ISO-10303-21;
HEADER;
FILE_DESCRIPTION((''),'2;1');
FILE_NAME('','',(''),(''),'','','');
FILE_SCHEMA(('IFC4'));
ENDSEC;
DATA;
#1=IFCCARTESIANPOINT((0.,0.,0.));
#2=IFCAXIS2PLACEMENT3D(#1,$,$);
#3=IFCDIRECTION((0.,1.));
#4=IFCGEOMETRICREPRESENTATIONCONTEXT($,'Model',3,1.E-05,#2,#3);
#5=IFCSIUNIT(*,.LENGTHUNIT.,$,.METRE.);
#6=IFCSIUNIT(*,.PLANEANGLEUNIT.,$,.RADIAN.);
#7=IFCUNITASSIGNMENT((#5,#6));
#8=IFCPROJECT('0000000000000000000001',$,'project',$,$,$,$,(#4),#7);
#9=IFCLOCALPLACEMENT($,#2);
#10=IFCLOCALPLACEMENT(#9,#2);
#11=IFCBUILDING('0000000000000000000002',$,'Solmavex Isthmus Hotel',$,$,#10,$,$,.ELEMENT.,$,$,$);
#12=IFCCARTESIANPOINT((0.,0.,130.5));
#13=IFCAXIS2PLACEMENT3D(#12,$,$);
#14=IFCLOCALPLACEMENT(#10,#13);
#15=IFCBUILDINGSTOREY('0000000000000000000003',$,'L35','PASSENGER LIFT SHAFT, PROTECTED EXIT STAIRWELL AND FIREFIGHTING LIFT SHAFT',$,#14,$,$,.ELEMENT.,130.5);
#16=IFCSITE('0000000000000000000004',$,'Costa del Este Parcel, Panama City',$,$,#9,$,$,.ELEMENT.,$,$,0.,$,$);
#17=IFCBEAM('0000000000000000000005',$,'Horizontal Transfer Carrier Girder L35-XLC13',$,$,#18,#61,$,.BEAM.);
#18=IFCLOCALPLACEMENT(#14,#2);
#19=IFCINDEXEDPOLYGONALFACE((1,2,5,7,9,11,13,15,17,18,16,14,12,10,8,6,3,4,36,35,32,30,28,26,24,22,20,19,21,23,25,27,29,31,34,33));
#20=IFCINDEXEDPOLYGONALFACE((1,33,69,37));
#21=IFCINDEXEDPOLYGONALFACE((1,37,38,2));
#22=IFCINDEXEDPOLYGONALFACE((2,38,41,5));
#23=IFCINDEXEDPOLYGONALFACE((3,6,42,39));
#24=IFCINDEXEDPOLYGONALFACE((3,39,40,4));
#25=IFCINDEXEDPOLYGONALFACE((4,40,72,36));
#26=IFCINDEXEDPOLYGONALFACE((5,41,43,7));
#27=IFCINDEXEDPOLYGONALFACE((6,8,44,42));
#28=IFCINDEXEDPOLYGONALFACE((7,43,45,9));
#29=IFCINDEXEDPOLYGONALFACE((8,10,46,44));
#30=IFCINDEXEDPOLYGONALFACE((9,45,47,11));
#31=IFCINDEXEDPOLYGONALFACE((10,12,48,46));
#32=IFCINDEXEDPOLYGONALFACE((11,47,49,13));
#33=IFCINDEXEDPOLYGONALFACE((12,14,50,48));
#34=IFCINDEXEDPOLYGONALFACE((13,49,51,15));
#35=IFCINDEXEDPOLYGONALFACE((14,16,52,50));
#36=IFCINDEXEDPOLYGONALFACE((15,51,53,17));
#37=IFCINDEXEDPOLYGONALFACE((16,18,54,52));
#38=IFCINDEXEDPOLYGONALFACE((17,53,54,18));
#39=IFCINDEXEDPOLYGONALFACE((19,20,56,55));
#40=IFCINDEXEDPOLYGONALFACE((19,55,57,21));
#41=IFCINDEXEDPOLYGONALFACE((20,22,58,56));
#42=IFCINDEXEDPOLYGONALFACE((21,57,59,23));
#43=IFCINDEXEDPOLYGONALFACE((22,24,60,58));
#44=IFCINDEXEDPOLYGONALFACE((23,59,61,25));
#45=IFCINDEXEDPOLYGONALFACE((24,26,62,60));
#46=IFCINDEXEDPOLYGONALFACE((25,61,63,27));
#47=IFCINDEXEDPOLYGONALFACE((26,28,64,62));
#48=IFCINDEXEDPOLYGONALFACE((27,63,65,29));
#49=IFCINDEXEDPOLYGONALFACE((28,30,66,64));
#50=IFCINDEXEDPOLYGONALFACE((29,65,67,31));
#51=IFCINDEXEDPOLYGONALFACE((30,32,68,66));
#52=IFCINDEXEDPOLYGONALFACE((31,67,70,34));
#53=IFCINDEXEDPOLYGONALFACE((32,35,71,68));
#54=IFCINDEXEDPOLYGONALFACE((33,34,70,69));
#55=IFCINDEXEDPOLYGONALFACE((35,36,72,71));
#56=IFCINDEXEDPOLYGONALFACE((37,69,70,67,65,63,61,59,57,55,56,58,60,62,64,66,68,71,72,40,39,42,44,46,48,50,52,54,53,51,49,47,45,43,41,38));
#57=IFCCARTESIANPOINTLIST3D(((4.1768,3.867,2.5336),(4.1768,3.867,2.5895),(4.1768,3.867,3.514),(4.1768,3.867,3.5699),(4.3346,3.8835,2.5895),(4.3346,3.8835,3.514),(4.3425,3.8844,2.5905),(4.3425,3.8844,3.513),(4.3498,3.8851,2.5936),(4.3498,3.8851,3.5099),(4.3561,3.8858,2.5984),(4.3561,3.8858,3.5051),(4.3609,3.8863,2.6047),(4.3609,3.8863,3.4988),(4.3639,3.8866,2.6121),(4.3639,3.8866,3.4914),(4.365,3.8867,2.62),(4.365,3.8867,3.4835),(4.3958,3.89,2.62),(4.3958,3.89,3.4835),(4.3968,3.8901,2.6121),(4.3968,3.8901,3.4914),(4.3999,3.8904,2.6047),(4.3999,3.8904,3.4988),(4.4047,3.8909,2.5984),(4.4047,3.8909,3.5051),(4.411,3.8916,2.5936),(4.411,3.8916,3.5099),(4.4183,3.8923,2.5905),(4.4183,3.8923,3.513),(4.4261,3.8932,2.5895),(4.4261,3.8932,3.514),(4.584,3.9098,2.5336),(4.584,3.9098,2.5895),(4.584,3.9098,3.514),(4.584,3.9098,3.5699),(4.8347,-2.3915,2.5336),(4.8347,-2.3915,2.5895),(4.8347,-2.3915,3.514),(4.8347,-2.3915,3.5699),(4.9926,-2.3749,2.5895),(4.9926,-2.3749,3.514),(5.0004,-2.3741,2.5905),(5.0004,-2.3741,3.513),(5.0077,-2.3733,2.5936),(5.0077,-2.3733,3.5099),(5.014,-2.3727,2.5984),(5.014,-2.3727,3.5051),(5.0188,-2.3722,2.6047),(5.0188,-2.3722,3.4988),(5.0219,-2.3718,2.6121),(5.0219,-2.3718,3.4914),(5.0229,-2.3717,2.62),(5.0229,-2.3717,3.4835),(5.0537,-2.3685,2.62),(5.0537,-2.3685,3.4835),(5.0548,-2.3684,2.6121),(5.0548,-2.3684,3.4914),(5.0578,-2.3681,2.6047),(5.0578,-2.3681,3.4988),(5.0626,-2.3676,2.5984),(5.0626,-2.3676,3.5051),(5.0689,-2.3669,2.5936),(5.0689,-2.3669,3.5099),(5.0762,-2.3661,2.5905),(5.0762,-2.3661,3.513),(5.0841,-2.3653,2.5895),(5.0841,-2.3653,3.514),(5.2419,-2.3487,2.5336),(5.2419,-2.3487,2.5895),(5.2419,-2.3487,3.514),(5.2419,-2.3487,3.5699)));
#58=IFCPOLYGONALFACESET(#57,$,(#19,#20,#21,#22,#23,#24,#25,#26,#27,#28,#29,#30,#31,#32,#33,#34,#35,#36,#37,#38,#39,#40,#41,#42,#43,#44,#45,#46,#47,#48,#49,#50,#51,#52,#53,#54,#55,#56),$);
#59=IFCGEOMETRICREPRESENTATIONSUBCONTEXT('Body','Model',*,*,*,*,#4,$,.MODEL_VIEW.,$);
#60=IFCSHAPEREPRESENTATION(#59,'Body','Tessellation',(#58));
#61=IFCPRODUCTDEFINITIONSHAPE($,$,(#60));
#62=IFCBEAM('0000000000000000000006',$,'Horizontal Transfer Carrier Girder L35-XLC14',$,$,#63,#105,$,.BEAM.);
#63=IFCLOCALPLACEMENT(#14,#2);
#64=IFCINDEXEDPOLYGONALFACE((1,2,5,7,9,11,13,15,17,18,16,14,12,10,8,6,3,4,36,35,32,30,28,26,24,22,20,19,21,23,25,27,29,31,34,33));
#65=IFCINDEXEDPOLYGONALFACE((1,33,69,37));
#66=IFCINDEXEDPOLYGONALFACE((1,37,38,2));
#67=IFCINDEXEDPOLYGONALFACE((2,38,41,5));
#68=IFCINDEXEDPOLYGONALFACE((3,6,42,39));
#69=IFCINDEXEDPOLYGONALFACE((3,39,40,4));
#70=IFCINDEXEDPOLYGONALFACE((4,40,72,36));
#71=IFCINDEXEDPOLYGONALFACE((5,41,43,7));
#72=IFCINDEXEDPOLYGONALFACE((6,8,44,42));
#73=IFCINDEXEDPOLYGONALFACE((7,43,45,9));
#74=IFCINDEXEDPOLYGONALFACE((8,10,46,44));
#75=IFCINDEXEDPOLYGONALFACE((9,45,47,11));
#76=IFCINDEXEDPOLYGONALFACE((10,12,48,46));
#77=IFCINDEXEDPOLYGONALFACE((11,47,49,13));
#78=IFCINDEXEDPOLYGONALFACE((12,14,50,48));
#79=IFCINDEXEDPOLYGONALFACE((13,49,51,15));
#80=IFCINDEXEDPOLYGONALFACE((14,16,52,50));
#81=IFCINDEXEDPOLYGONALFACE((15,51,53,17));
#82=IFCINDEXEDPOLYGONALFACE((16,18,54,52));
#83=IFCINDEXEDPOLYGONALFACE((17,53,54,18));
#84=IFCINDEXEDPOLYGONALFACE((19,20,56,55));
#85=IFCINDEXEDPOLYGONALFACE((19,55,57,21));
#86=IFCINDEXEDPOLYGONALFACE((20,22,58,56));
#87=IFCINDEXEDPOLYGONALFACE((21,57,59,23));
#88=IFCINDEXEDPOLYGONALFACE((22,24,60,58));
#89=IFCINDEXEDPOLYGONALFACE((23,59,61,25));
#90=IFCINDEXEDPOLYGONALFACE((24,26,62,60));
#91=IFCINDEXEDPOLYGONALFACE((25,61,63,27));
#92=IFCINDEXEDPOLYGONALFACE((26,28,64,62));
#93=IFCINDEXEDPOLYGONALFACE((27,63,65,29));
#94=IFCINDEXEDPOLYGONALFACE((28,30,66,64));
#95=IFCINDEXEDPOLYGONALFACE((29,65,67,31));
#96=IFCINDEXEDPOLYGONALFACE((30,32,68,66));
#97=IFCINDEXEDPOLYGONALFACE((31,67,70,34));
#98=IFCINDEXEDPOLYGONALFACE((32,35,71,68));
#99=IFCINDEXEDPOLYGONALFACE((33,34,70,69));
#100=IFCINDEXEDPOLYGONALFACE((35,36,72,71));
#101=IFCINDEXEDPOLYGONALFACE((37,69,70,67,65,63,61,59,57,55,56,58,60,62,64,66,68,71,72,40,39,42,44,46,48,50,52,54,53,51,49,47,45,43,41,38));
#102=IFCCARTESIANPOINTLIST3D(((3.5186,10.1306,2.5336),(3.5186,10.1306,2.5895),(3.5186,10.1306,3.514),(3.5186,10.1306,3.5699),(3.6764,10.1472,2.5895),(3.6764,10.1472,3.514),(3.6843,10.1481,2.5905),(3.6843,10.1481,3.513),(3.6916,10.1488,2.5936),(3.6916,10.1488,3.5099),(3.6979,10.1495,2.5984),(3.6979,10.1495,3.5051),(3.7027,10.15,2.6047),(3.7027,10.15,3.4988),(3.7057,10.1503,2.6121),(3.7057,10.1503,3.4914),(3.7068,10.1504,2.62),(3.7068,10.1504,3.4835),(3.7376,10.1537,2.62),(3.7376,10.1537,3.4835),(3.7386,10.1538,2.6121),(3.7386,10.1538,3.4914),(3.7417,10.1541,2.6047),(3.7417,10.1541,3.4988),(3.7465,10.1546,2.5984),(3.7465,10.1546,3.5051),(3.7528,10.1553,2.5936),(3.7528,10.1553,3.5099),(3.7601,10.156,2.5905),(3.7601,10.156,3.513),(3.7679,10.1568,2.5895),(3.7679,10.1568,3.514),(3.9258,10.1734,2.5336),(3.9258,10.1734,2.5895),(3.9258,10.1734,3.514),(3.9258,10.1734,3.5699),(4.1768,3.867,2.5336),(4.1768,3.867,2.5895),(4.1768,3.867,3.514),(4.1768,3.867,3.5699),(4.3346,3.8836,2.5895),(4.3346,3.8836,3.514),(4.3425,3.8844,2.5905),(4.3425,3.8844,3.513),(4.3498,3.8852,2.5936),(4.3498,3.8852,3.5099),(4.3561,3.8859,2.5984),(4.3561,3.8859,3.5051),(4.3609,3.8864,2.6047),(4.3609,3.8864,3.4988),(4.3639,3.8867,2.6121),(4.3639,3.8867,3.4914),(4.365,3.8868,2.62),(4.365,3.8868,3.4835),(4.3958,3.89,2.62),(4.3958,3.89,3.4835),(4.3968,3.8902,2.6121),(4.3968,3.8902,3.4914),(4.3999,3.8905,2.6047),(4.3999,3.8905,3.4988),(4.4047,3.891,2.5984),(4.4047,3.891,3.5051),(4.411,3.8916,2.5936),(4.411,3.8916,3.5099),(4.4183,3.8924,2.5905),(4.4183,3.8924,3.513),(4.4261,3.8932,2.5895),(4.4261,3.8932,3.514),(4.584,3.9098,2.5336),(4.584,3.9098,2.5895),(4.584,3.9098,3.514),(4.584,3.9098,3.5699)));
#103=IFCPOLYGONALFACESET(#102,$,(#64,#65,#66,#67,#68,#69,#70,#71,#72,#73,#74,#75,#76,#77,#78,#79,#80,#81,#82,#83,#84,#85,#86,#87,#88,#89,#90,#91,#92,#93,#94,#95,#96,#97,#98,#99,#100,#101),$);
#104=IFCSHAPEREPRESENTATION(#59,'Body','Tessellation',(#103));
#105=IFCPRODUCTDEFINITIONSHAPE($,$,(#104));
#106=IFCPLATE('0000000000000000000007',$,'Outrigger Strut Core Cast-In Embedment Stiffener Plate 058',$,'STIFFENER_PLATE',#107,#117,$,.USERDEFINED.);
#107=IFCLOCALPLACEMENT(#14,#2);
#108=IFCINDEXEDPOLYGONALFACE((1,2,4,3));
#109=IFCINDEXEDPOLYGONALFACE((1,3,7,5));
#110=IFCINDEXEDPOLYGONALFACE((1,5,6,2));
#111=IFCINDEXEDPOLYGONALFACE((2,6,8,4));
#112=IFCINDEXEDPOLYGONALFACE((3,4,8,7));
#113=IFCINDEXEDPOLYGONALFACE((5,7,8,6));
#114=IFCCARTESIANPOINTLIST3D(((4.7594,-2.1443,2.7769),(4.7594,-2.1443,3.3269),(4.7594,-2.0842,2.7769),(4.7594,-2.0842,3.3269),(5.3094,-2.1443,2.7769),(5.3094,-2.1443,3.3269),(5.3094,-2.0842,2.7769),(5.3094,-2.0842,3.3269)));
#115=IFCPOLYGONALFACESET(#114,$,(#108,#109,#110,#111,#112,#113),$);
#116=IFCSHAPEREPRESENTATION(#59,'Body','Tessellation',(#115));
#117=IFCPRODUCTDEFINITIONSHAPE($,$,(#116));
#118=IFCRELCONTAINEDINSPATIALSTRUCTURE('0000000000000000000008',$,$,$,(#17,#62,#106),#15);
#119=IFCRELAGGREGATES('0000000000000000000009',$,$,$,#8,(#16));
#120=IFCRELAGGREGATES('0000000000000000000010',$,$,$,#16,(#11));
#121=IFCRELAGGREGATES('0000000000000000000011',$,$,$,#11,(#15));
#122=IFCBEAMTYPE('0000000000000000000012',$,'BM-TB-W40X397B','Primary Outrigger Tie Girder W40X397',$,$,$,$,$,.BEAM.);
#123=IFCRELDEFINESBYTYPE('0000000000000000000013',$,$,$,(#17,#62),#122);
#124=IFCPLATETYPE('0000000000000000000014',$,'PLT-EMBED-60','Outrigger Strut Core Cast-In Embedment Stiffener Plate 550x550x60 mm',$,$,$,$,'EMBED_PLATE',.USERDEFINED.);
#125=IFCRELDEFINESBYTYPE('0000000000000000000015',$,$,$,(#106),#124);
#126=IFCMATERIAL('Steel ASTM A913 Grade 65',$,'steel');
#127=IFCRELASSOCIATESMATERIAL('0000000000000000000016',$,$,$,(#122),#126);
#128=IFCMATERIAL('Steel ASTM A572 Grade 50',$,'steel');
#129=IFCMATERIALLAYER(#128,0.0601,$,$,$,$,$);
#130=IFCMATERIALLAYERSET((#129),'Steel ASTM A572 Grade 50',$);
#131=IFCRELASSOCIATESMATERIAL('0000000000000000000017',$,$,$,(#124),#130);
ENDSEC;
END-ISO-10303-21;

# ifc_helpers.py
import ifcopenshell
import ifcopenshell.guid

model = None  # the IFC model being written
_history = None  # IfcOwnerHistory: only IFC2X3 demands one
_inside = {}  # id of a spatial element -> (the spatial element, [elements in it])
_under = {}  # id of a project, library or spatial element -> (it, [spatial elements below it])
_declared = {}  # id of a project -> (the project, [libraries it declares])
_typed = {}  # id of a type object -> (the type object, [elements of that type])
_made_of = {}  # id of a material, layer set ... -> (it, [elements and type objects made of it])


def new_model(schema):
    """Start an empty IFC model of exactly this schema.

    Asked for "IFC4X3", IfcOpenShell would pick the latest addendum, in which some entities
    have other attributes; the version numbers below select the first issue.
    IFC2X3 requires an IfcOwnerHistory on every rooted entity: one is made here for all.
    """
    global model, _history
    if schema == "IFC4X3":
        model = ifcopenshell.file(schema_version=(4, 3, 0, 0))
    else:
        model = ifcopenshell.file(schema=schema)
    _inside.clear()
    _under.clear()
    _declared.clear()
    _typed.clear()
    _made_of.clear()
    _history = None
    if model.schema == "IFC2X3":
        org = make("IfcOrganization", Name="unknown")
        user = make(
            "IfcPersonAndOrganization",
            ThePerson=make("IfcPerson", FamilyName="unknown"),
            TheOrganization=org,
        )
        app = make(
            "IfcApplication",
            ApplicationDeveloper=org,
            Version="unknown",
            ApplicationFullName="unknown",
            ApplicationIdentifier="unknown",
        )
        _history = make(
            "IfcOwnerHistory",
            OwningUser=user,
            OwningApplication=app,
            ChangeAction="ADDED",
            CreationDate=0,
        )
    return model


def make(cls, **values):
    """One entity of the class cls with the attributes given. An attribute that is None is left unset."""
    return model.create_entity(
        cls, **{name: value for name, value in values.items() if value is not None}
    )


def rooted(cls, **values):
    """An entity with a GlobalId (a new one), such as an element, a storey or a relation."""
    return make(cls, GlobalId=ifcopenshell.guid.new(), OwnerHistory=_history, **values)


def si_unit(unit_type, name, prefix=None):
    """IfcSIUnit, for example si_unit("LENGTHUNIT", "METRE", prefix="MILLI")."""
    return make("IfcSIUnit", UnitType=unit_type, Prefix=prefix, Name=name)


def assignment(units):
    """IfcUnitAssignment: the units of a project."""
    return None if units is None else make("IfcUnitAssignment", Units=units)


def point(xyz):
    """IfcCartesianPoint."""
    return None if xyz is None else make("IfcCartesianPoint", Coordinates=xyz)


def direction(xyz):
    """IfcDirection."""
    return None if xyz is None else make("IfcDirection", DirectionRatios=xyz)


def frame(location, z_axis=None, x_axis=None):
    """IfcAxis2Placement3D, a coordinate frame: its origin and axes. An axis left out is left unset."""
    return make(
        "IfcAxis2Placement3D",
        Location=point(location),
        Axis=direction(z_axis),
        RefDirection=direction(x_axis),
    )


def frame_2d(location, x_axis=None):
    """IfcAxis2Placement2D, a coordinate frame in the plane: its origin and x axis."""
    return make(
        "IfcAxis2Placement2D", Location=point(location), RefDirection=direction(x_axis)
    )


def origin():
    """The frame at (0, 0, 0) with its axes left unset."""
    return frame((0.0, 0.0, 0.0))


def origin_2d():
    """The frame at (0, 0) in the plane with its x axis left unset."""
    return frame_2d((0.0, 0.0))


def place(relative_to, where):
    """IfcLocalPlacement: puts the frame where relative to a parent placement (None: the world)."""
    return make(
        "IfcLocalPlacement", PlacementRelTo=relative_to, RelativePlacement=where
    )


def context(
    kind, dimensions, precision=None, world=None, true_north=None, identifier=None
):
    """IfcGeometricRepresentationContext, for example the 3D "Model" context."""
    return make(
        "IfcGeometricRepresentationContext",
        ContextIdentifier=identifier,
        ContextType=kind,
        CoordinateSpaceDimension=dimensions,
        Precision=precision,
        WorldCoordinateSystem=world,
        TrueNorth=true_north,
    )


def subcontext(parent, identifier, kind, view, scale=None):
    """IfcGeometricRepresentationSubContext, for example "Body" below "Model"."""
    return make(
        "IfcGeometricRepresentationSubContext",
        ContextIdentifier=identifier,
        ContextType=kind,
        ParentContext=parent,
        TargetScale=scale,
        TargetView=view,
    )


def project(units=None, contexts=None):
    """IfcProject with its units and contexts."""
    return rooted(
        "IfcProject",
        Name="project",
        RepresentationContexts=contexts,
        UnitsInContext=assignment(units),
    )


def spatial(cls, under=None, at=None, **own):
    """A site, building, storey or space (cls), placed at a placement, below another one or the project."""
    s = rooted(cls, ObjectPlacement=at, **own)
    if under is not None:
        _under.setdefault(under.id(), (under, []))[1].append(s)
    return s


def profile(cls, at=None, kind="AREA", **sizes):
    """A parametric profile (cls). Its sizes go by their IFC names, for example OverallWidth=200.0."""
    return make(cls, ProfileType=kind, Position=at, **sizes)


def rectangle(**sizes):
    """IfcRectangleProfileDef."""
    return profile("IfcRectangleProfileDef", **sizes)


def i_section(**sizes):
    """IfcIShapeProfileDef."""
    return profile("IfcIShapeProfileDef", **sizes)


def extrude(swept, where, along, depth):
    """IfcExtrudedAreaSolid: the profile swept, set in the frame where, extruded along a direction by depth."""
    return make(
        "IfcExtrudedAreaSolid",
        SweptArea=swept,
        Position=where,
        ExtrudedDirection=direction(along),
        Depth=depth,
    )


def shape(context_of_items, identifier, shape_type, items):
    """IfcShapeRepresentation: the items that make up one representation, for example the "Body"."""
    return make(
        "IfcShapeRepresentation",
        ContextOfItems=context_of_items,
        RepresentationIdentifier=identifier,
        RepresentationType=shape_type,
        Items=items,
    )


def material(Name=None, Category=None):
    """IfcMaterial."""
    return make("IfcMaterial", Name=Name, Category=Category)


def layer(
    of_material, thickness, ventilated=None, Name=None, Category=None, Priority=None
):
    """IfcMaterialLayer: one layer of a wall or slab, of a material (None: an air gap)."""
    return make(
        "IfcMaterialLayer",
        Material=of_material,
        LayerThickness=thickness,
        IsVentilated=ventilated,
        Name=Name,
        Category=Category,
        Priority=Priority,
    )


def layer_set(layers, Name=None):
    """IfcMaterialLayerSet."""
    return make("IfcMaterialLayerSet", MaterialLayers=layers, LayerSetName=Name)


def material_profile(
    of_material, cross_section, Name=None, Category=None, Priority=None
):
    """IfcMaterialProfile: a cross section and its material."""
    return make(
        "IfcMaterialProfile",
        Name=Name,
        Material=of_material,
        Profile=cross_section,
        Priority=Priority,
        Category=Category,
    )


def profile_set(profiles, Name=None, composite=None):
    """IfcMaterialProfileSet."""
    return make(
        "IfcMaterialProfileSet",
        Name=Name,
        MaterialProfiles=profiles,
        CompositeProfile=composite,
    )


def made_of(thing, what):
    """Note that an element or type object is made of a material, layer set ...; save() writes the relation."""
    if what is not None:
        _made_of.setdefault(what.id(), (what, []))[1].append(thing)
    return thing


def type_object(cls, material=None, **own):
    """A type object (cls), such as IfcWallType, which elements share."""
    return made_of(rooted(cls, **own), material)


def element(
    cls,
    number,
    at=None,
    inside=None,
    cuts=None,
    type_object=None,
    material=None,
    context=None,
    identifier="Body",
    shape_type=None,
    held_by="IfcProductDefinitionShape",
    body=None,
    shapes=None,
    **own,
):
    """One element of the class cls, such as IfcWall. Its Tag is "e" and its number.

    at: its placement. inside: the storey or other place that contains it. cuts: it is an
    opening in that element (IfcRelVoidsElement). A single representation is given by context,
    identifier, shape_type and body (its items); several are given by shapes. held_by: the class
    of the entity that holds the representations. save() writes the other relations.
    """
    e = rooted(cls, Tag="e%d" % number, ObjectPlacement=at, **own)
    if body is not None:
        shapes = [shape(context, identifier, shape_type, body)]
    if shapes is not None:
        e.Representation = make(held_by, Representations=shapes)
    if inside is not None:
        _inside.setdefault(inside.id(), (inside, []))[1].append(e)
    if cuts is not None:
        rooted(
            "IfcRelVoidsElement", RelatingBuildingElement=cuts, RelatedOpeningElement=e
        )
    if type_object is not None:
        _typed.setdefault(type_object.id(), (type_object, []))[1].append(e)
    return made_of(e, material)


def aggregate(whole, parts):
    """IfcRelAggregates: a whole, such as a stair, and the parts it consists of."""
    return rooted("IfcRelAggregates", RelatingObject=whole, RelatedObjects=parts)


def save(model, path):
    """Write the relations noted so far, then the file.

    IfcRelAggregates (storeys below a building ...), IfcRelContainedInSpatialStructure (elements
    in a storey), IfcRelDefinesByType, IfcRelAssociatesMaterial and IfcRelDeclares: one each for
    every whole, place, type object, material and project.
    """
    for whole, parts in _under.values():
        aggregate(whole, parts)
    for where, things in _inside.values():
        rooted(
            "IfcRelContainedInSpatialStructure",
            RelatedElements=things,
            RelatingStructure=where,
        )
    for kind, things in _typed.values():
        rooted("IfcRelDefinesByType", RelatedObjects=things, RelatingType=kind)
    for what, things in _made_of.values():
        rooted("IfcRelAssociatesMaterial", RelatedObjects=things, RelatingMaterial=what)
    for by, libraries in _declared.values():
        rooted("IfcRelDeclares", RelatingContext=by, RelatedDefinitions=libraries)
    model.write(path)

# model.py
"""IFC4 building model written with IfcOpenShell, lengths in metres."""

from ifc_helpers import new_model, si_unit, direction, frame, origin, origin_2d, place, context, subcontext, project, spatial, rectangle, i_section, extrude, material, layer, layer_set, material_profile, profile_set, type_object, element, save


model = new_model("IFC4")

# Units and contexts
model_context = context("Model", 3, precision=1e-05, world=origin(), true_north=direction((0.0, 1.0)))
body_context = subcontext(model_context, "Body", "Model", "MODEL_VIEW")
ifc_project = project(units=[si_unit("LENGTHUNIT", "METRE"), si_unit("PLANEANGLEUNIT", "RADIAN")], contexts=[model_context])

# Site, building, storey
site_placement = place(None, origin())
site = spatial("IfcSite", under=ifc_project, at=site_placement, Name="Costa del Este Parcel, Panama City", CompositionType="ELEMENT", RefElevation=0.0)
building_placement = place(site_placement, origin())
building = spatial("IfcBuilding", under=site, at=building_placement, Name="Solmavex Isthmus Hotel", CompositionType="ELEMENT")
storey_placement = place(building_placement, frame((0.0, 0.0, 130.5)))
storey = spatial("IfcBuildingStorey", under=building, at=storey_placement, Name="L35", Description="PASSENGER LIFT SHAFT, PROTECTED EXIT STAIRWELL AND FIREFIGHTING LIFT SHAFT", CompositionType="ELEMENT", Elevation=130.5)

# Shared definitions
ifc_material_1 = material(Name="Steel ASTM A913 Grade 65", Category="steel")

# Beams
ifc_material_profile_1 = material_profile(ifc_material_1, i_section(OverallWidth=0.4094, OverallDepth=1.0364, WebThickness=0.031, FlangeThickness=0.0559, FilletRadius=0.0305, at=origin_2d()), Name="W40X397")
ifc_profile_set_1 = profile_set([ifc_material_profile_1], Name="Steel ASTM A913 Grade 65")
beam_type_1 = type_object("IfcBeamType", Name="BM-TB-W40X397B", Description="Primary Outrigger Tie Girder W40X397", PredefinedType="BEAM", material=ifc_profile_set_1)
beam_1_placement = place(storey_placement, frame((5.0383, -2.3701, 3.0518), z_axis=(-0.104554, 0.994519, 0.0), x_axis=(-0.994519, -0.104554, 0.0)))
element("IfcBeam", 1, at=beam_1_placement, inside=storey, type_object=beam_type_1, Name="Horizontal Transfer Carrier Girder L35-XLC13", PredefinedType="BEAM", context=body_context, shape_type="SweptSolid", body=[
    extrude(i_section(OverallWidth=0.4094, OverallDepth=1.0364, WebThickness=0.031, FlangeThickness=0.0559, FilletRadius=0.0305, at=origin_2d()), origin(), (0.0, 0.0, 1.0), 6.293),
])
beam_2_placement = place(storey_placement, frame((4.3804, 3.8884, 3.0518), z_axis=(-0.104507, 0.994524, 0.0), x_axis=(-0.994524, -0.104507, 0.0)))
element("IfcBeam", 2, at=beam_2_placement, inside=storey, type_object=beam_type_1, Name="Horizontal Transfer Carrier Girder L35-XLC14", PredefinedType="BEAM", context=body_context, shape_type="SweptSolid", body=[
    extrude(i_section(OverallWidth=0.4094, OverallDepth=1.0364, WebThickness=0.031, FlangeThickness=0.0559, FilletRadius=0.0305, at=origin_2d()), origin(), (0.0, 0.0, 1.0), 6.2981),
])

# Plate
ifc_material_2 = material(Name="Steel ASTM A572 Grade 50", Category="steel")
ifc_layer_1 = layer(ifc_material_2, 0.0601)
ifc_layer_set_1 = layer_set([ifc_layer_1], Name="Steel ASTM A572 Grade 50")
plate_type = type_object("IfcPlateType", Name="PLT-EMBED-60", Description="Outrigger Strut Core Cast-In Embedment Stiffener Plate 550x550x60 mm", ElementType="EMBED_PLATE", PredefinedType="USERDEFINED", material=ifc_layer_set_1)
plate_placement = place(storey_placement, frame((5.0344, -2.1143, 2.7769), z_axis=(0.0, 0.0, 1.0), x_axis=(1.0, 0.0, 0.0)))
element("IfcPlate", 3, at=plate_placement, inside=storey, type_object=plate_type, Name="Outrigger Strut Core Cast-In Embedment Stiffener Plate 058", ObjectType="STIFFENER_PLATE", PredefinedType="USERDEFINED", context=body_context, shape_type="SweptSolid", body=[
    extrude(rectangle(XDim=0.55, YDim=0.0601, at=origin_2d()), origin(), (0.0, 0.0, 1.0), 0.55),
])

save(model, "model.ifc")
